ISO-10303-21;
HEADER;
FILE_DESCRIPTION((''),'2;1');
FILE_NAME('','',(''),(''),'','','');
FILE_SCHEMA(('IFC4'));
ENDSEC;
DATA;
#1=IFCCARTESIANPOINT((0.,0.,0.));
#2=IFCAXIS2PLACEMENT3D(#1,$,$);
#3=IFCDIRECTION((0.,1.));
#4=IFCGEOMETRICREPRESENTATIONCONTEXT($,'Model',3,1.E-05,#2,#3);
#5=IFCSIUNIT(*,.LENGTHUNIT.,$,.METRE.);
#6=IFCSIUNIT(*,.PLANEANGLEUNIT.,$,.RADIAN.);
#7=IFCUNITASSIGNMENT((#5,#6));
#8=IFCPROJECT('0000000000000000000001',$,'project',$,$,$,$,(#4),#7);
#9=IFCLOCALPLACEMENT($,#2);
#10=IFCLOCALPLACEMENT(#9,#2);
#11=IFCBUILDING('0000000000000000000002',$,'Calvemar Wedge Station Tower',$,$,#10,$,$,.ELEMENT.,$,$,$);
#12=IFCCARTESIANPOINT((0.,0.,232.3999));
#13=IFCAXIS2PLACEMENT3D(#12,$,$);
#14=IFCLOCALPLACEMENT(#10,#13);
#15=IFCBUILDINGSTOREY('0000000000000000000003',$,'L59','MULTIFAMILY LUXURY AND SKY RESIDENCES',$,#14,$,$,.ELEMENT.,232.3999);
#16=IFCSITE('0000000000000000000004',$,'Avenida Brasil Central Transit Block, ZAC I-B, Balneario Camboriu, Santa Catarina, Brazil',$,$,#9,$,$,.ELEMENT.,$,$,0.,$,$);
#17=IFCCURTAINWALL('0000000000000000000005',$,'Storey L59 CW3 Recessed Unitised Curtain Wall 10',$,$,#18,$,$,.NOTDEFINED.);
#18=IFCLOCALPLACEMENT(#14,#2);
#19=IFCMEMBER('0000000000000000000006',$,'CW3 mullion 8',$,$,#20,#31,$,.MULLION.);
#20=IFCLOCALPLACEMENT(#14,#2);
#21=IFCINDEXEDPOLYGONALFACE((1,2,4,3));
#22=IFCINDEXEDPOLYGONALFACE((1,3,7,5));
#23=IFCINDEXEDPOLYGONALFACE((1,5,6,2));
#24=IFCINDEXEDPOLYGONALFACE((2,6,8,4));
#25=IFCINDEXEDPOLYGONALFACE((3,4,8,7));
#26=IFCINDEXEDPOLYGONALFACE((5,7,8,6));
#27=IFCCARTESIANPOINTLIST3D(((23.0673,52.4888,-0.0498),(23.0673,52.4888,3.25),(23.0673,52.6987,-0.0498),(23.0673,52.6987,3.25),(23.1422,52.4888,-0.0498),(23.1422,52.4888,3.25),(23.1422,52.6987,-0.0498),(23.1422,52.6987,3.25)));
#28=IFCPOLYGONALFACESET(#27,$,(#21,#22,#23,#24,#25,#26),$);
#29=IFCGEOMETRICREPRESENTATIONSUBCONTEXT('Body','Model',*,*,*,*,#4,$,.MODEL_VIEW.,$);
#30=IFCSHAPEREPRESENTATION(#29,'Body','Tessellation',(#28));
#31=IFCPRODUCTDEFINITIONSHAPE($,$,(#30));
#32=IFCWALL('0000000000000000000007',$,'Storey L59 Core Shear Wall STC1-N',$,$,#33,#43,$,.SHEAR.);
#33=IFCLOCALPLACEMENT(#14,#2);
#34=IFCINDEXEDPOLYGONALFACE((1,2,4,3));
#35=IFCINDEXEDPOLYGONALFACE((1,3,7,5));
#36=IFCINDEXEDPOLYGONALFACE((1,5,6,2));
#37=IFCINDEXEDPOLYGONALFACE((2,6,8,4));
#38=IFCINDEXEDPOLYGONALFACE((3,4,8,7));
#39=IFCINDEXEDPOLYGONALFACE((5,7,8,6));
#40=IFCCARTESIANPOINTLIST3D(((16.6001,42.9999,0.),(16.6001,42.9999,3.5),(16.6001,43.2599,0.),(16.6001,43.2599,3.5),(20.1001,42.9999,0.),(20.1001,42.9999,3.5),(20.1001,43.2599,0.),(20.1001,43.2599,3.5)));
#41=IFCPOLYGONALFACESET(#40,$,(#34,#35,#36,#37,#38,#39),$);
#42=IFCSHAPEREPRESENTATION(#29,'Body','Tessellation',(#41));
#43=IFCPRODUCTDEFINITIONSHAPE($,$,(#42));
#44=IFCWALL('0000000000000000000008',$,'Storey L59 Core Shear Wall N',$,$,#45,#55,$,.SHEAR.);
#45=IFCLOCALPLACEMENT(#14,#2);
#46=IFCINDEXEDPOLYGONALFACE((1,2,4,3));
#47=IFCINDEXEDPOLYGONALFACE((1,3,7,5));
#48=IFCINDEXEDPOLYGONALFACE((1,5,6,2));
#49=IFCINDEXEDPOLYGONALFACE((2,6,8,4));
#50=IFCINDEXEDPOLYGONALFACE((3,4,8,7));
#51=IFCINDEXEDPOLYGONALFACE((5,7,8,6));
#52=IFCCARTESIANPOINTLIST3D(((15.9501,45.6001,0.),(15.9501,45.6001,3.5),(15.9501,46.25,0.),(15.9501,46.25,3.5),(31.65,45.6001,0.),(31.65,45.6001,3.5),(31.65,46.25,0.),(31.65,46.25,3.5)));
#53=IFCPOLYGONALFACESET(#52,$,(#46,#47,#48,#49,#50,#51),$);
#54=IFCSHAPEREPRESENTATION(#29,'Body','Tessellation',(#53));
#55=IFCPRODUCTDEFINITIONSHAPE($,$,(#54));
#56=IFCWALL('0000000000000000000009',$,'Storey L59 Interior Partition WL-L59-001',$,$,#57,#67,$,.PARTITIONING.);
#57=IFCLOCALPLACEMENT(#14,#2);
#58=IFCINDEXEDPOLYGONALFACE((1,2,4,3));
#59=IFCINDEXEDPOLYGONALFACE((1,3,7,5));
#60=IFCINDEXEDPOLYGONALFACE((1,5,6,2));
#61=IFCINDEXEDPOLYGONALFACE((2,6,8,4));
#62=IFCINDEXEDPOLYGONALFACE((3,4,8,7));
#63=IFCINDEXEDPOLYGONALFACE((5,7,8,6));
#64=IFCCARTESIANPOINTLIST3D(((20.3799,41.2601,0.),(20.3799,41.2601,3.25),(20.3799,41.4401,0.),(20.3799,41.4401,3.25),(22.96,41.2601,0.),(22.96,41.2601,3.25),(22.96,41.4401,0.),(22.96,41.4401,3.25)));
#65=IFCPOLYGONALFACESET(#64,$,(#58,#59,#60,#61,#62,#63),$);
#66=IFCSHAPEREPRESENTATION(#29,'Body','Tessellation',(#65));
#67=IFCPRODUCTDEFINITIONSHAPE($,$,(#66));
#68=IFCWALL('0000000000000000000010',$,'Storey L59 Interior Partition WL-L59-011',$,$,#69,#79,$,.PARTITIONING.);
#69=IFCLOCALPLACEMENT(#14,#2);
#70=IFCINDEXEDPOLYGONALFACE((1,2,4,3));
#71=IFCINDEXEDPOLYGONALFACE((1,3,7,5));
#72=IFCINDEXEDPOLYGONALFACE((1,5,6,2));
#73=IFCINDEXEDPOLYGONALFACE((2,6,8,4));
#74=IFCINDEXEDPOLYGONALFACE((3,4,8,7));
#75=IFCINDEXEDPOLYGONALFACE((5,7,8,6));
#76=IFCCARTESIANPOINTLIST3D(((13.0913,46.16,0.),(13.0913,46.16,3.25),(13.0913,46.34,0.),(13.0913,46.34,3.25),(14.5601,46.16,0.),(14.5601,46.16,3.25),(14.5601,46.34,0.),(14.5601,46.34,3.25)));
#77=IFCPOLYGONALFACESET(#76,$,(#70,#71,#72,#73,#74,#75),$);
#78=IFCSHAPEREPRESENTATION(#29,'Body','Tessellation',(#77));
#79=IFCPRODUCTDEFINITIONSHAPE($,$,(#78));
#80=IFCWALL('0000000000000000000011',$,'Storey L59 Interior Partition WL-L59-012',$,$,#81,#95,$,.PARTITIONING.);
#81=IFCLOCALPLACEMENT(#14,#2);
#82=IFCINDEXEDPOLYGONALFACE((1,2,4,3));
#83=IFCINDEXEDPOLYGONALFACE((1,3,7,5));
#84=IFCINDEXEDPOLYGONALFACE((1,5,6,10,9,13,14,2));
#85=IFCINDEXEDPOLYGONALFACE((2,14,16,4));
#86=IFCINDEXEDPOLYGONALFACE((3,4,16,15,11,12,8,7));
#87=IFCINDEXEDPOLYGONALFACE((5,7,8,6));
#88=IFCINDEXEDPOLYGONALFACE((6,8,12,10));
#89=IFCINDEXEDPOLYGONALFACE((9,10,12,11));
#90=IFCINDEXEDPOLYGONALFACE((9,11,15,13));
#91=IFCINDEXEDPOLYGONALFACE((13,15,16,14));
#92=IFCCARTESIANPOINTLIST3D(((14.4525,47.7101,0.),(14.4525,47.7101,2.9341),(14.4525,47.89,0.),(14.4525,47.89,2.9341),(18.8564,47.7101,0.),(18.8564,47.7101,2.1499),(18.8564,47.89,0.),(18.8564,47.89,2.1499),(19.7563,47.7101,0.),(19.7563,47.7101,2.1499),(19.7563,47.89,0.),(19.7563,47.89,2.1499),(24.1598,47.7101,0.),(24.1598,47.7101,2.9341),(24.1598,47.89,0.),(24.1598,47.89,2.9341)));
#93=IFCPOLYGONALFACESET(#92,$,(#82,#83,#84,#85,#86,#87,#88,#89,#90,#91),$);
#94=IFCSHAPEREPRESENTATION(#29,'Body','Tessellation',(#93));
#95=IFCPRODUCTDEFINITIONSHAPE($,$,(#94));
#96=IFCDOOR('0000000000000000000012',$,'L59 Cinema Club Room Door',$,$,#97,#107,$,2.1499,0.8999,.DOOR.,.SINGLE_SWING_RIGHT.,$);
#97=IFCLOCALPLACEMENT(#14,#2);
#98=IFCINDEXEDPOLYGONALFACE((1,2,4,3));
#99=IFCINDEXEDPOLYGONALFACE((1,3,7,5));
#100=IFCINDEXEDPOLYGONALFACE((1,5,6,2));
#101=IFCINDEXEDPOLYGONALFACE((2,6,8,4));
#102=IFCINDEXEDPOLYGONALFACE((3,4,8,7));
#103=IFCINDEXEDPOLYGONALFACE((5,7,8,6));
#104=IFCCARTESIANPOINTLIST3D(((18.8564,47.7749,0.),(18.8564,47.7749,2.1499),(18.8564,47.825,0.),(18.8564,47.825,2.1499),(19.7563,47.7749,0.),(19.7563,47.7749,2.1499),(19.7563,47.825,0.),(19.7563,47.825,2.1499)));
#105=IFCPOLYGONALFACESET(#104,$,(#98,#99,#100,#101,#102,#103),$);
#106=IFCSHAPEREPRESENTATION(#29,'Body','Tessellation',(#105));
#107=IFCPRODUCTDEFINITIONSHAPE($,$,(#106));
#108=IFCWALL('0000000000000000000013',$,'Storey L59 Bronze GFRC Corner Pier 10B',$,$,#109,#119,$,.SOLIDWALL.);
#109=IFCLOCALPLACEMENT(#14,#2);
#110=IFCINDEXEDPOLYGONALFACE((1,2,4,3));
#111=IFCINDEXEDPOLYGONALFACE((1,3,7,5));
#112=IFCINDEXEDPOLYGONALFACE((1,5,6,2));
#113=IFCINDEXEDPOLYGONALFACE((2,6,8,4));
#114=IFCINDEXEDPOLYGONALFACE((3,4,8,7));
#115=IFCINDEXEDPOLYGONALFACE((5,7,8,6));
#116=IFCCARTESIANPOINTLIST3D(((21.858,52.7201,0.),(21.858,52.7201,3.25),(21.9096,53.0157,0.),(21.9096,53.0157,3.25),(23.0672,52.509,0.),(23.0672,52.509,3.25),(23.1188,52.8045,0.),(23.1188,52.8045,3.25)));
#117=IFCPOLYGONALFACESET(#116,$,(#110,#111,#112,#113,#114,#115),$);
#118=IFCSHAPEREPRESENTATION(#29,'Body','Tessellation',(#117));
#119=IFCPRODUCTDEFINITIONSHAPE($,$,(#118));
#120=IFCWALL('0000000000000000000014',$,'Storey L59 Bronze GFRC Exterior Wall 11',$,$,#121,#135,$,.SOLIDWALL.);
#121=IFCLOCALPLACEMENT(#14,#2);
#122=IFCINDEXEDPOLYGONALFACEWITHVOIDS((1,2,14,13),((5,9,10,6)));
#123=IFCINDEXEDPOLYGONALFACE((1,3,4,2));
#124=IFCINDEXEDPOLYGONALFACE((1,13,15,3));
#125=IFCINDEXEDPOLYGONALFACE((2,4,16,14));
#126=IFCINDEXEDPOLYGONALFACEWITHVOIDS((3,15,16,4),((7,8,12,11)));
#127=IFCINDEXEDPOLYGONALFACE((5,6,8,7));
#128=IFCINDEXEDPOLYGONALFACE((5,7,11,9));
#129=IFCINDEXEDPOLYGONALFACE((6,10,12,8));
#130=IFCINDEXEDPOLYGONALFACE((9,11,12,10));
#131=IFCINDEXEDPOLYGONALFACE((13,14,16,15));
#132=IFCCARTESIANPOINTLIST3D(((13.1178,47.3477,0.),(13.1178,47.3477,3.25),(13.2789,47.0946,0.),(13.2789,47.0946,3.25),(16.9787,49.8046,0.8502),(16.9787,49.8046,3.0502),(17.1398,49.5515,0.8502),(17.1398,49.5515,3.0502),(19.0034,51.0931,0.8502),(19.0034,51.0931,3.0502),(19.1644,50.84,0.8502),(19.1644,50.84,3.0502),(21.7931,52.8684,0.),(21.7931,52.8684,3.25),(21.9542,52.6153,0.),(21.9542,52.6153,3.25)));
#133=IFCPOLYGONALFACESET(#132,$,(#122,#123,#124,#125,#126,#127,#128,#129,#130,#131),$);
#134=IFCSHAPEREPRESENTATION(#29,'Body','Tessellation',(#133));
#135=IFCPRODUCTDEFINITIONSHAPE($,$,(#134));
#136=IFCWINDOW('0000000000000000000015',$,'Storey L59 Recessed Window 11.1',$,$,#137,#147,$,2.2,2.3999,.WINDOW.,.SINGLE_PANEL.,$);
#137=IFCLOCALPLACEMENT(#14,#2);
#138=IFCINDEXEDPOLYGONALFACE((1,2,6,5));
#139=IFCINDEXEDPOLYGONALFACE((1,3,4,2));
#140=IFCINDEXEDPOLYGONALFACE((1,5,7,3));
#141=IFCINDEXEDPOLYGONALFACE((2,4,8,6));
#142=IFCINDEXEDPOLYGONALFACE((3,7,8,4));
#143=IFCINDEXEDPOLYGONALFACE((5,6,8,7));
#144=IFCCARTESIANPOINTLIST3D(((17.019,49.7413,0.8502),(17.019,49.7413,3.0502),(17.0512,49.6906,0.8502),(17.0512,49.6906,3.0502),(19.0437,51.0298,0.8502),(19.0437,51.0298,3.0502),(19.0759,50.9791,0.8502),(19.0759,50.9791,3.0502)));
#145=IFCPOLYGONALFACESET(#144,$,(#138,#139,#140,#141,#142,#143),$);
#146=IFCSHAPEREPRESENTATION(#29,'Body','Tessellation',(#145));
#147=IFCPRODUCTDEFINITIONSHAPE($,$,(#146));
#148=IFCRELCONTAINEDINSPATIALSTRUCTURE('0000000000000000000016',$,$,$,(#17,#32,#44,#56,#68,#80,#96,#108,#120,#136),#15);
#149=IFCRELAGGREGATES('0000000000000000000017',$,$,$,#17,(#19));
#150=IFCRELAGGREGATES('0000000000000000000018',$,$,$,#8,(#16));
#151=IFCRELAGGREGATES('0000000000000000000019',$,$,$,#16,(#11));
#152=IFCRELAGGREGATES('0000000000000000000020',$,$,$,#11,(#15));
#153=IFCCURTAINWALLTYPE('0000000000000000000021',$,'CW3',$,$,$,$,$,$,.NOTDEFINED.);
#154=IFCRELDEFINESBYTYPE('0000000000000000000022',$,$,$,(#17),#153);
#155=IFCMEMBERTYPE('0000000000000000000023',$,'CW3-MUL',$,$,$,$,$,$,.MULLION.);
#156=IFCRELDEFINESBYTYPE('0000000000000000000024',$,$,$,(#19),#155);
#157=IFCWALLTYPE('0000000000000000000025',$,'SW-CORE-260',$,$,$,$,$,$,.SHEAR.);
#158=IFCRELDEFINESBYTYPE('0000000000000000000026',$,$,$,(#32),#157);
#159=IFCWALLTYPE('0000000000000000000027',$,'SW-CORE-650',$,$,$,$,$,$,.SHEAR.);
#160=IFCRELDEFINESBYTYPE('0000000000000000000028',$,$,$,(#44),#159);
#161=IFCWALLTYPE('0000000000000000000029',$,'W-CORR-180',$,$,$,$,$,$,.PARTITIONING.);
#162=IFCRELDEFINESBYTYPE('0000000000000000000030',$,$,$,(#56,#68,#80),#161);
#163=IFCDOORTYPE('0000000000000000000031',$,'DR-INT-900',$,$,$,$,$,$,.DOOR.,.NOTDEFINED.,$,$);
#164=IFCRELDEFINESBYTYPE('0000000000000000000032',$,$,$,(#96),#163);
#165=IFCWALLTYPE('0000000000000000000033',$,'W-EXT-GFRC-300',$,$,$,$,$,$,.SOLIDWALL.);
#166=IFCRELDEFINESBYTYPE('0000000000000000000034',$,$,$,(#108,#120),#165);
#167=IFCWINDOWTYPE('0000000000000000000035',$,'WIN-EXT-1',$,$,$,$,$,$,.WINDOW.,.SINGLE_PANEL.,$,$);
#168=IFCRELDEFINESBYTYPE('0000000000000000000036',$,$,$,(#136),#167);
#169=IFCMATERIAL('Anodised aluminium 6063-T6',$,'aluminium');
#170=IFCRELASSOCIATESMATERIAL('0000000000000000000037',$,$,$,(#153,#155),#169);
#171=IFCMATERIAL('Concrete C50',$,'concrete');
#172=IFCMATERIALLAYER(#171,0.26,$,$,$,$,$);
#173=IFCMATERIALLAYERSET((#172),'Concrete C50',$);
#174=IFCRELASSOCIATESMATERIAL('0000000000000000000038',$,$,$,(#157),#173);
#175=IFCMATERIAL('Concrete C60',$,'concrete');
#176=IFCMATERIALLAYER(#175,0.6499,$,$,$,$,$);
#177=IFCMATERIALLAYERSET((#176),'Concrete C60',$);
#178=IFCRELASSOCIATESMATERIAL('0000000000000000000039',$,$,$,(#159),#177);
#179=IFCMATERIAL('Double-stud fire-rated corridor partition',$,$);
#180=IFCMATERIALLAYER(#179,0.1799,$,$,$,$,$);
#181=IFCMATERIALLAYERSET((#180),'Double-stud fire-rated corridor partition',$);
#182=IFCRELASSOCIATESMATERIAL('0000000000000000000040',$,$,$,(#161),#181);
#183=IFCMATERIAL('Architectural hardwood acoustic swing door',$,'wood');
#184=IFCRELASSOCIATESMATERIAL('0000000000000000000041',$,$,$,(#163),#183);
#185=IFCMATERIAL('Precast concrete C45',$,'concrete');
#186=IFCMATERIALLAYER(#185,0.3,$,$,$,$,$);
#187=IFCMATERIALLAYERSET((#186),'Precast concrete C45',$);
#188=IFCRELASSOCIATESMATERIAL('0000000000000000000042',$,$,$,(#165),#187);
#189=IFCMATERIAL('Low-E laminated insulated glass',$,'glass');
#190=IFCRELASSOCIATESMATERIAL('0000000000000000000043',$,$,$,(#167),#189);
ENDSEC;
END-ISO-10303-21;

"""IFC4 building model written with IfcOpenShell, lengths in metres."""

from ifc_helpers import new_model, si_unit, direction, frame, frame_2d, origin, origin_2d, place, context, subcontext, project, spatial, rectangle, extrude, source, transform, mapped, material, layer, layer_set, material_profile, profile_set, type_object, element, fill, aggregate, save


model = new_model("IFC4")

# Units and contexts
model_context = context("Model", 3, precision=1e-05, world=origin(), true_north=direction((0.0, 1.0)))
body_context = subcontext(model_context, "Body", "Model", "MODEL_VIEW")
ifc_project = project(units=[si_unit("LENGTHUNIT", "METRE"), si_unit("PLANEANGLEUNIT", "RADIAN")], contexts=[model_context])

# Site, building, storey
site_placement = place(None, origin())
site = spatial("IfcSite", under=ifc_project, at=site_placement, Name="Avenida Brasil Central Transit Block, ZAC I-B, Balneario Camboriu, Santa Catarina, Brazil", CompositionType="ELEMENT", RefElevation=0.0)
building_placement = place(site_placement, origin())
building = spatial("IfcBuilding", under=site, at=building_placement, Name="Calvemar Wedge Station Tower", CompositionType="ELEMENT")
storey_placement = place(building_placement, frame((0.0, 0.0, 232.3999)))
storey = spatial("IfcBuildingStorey", under=building, at=storey_placement, Name="L59", Description="MULTIFAMILY LUXURY AND SKY RESIDENCES", CompositionType="ELEMENT", Elevation=232.3999)

# Curtain wall, member
ifc_material_1 = material(Name="Anodised aluminium 6063-T6", Category="aluminium")
curtain_wall_type = type_object("IfcCurtainWallType", Name="CW3", PredefinedType="NOTDEFINED", material=ifc_material_1)
curtain_wall_placement = place(storey_placement, origin())
curtain_wall = element("IfcCurtainWall", 1, at=curtain_wall_placement, inside=storey, type_object=curtain_wall_type, Name="Storey L59 CW3 Recessed Unitised Curtain Wall 10", PredefinedType="NOTDEFINED")
ifc_material_profile = material_profile(ifc_material_1, rectangle(XDim=0.075, YDim=0.21, at=origin_2d()), Name="AL-MUL-75x210")
ifc_profile_set = profile_set([ifc_material_profile], Name="Anodised aluminium 6063-T6")
member_type = type_object("IfcMemberType", Name="CW3-MUL", PredefinedType="MULLION", material=ifc_profile_set)
shared_shape_1 = source(origin(), body_context, "Body", "SweptSolid", [
    extrude(rectangle(XDim=0.075, YDim=0.21, at=origin_2d()), origin(), (0.0, 0.0, 1.0), 3.2998),
])
member_placement = place(storey_placement, frame((23.1047, 52.5938, -0.0498), z_axis=(0.0, 0.0, 1.0), x_axis=(1.0, 0.0, 0.0)))
member = element("IfcMember", 2, at=member_placement, type_object=member_type, Name="CW3 mullion 8", PredefinedType="MULLION", context=body_context, shape_type="MappedRepresentation", body=[
    mapped(shared_shape_1, transform((0.0, 0.0, 0.0), scale=1.0)),
])
aggregate(curtain_wall, [member])

# Walls
ifc_material_2 = material(Name="Concrete C50", Category="concrete")
ifc_layer_1 = layer(ifc_material_2, 0.26)
ifc_layer_set_1 = layer_set([ifc_layer_1], Name="Concrete C50")
wall_type_1 = type_object("IfcWallType", Name="SW-CORE-260", PredefinedType="SHEAR", material=ifc_layer_set_1)
wall_1_placement = place(storey_placement, frame((16.6001, 43.1299, 0.0), z_axis=(0.0, 0.0, 1.0), x_axis=(1.0, 0.0, 0.0)))
element("IfcWall", 3, at=wall_1_placement, inside=storey, type_object=wall_type_1, Name="Storey L59 Core Shear Wall STC1-N", PredefinedType="SHEAR", context=body_context, shape_type="SweptSolid", body=[
    extrude(rectangle(XDim=3.5, YDim=0.26, at=frame_2d((1.75, 0.0))), origin(), (0.0, 0.0, 1.0), 3.5),
])
ifc_material_3 = material(Name="Concrete C60", Category="concrete")
ifc_layer_2 = layer(ifc_material_3, 0.6499)
ifc_layer_set_2 = layer_set([ifc_layer_2], Name="Concrete C60")
wall_type_2 = type_object("IfcWallType", Name="SW-CORE-650", PredefinedType="SHEAR", material=ifc_layer_set_2)
wall_2_placement = place(storey_placement, frame((15.95, 45.925, 0.0), z_axis=(0.0, 0.0, 1.0), x_axis=(1.0, 0.0, 0.0)))
element("IfcWall", 4, at=wall_2_placement, inside=storey, type_object=wall_type_2, Name="Storey L59 Core Shear Wall N", PredefinedType="SHEAR", context=body_context, shape_type="SweptSolid", body=[
    extrude(rectangle(XDim=15.7, YDim=0.6499, at=frame_2d((7.8501, 0.0))), origin(), (0.0, 0.0, 1.0), 3.5),
])
ifc_material_4 = material(Name="Double-stud fire-rated corridor partition")
ifc_layer_3 = layer(ifc_material_4, 0.1799)
ifc_layer_set_3 = layer_set([ifc_layer_3], Name="Double-stud fire-rated corridor partition")
wall_type_3 = type_object("IfcWallType", Name="W-CORR-180", PredefinedType="PARTITIONING", material=ifc_layer_set_3)
wall_3_placement = place(storey_placement, frame((22.96, 41.3501, 0.0), z_axis=(0.0, 0.0, 1.0), x_axis=(-1.0, 0.0, 0.0)))
element("IfcWall", 5, at=wall_3_placement, inside=storey, type_object=wall_type_3, Name="Storey L59 Interior Partition WL-L59-001", PredefinedType="PARTITIONING", context=body_context, shape_type="SweptSolid", body=[
    extrude(rectangle(XDim=2.5801, YDim=0.1799, at=frame_2d((1.29, 0.0))), origin(), (0.0, 0.0, 1.0), 3.25),
])
wall_4_placement = place(storey_placement, frame((14.5601, 46.25, 0.0), z_axis=(0.0, 0.0, 1.0), x_axis=(-1.0, 0.0, 0.0)))
element("IfcWall", 6, at=wall_4_placement, inside=storey, type_object=wall_type_3, Name="Storey L59 Interior Partition WL-L59-011", PredefinedType="PARTITIONING", context=body_context, shape_type="SweptSolid", body=[
    extrude(rectangle(XDim=1.4688, YDim=0.1799, at=frame_2d((0.7344, 0.0))), origin(), (0.0, 0.0, 1.0), 3.25),
])

# Wall, opening, door
wall_5_placement = place(storey_placement, frame((14.4526, 47.8, 0.0), z_axis=(0.0, 0.0, 1.0), x_axis=(1.0, 0.0, 0.0)))
wall_5 = element("IfcWall", 7, at=wall_5_placement, inside=storey, type_object=wall_type_3, Name="Storey L59 Interior Partition WL-L59-012", PredefinedType="PARTITIONING", context=body_context, shape_type="SweptSolid", body=[
    extrude(rectangle(XDim=9.7073, YDim=0.1799, at=frame_2d((4.8535, 0.0))), origin(), (0.0, 0.0, 1.0), 2.9341),
])
shared_shape_2 = source(origin(), body_context, "Body", "SweptSolid", [
    extrude(rectangle(XDim=0.8999, YDim=2.1499, at=frame_2d((0.45, 1.075))), frame((0.0, 0.1001, 0.0), z_axis=(0.0, -1.0, 0.0), x_axis=(1.0, 0.0, 0.0)), (0.0, 0.0, 1.0), 0.2),
])
opening_1_placement = place(wall_5_placement, frame((4.4038, 0.0, 0.0)))
opening_1 = element("IfcOpeningElement", 8, at=opening_1_placement, cuts=wall_5, PredefinedType="OPENING", context=body_context, shape_type="MappedRepresentation", body=[
    mapped(shared_shape_2, transform((0.0, 0.0, 0.0), scale=1.0)),
])
ifc_material_5 = material(Name="Architectural hardwood acoustic swing door", Category="wood")
door_type_1 = type_object("IfcDoorType", Name="DR-INT-900", OperationType="NOTDEFINED", PredefinedType="DOOR", material=ifc_material_5)
shared_shape_3 = source(origin(), body_context, "Body", "SweptSolid", [
    extrude(rectangle(XDim=0.8999, YDim=2.1499, at=frame_2d((0.45, 1.075))), frame((0.0, 0.0249, 0.0), z_axis=(0.0, -1.0, 0.0), x_axis=(1.0, 0.0, 0.0)), (0.0, 0.0, 1.0), 0.05),
])
door_1_placement = place(opening_1_placement, origin())
door_1 = element("IfcDoor", 9, at=door_1_placement, inside=storey, type_object=door_type_1, Name="L59 Cinema Club Room Door", OperationType="SINGLE_SWING_RIGHT", OverallHeight=2.1499, OverallWidth=0.8999, PredefinedType="DOOR", context=body_context, shape_type="MappedRepresentation", body=[
    mapped(shared_shape_3, transform((0.0, 0.0, 0.0), scale=1.0)),
])
fill(opening_1, door_1)

# Wall
ifc_material_6 = material(Name="Precast concrete C45", Category="concrete")
ifc_layer_4 = layer(ifc_material_6, 0.3)
ifc_layer_set_4 = layer_set([ifc_layer_4], Name="Precast concrete C45")
wall_type_4 = type_object("IfcWallType", Name="W-EXT-GFRC-300", PredefinedType="SOLIDWALL", material=ifc_layer_set_4)
wall_6_placement = place(storey_placement, frame((23.093, 52.6567, 0.0), z_axis=(0.0, 0.0, 1.0), x_axis=(-0.98509, 0.172038, 0.0)))
element("IfcWall", 10, at=wall_6_placement, inside=storey, type_object=wall_type_4, Name="Storey L59 Bronze GFRC Corner Pier 10B", PredefinedType="SOLIDWALL", context=body_context, shape_type="SweptSolid", body=[
    extrude(rectangle(XDim=1.2275, YDim=0.3, at=frame_2d((0.6138, 0.0))), origin(), (0.0, 0.0, 1.0), 3.25),
])

# Wall, opening, window
wall_7_placement = place(storey_placement, frame((21.8738, 52.7419, 0.0), z_axis=(0.0, 0.0, 1.0), x_axis=(-0.843657, -0.536883, 0.0)))
wall_7 = element("IfcWall", 11, at=wall_7_placement, inside=storey, type_object=wall_type_4, Name="Storey L59 Bronze GFRC Exterior Wall 11", PredefinedType="SOLIDWALL", context=body_context, shape_type="SweptSolid", body=[
    extrude(rectangle(XDim=10.283, YDim=0.3, at=frame_2d((5.1416, 0.0))), origin(), (0.0, 0.0, 1.0), 3.25),
])
shared_shape_4 = source(origin(), body_context, "Body", "SweptSolid", [
    extrude(rectangle(XDim=2.3999, YDim=2.2, at=frame_2d((1.2, 1.1001))), frame((0.0, 0.1602, 0.0), z_axis=(0.0, -1.0, 0.0), x_axis=(1.0, 0.0, 0.0)), (0.0, 0.0, 1.0), 0.3201),
])
opening_2_placement = place(wall_7_placement, frame((3.3069, 0.0, 0.8501)))
opening_2 = element("IfcOpeningElement", 12, at=opening_2_placement, cuts=wall_7, PredefinedType="OPENING", context=body_context, shape_type="MappedRepresentation", body=[
    mapped(shared_shape_4, transform((0.0, 0.0, 0.0), scale=1.0)),
])
ifc_material_7 = material(Name="Low-E laminated insulated glass", Category="glass")
window_type_1 = type_object("IfcWindowType", Name="WIN-EXT-1", PartitioningType="SINGLE_PANEL", PredefinedType="WINDOW", material=ifc_material_7)
shared_shape_5 = source(origin(), body_context, "Body", "SweptSolid", [
    extrude(rectangle(XDim=2.3999, YDim=2.2, at=frame_2d((1.2, 1.1001))), frame((0.0, -0.0149, 0.0), z_axis=(0.0, -1.0, 0.0), x_axis=(1.0, 0.0, 0.0)), (0.0, 0.0, 1.0), 0.0601),
])
window_1_placement = place(opening_2_placement, origin())
window_1 = element("IfcWindow", 13, at=window_1_placement, inside=storey, type_object=window_type_1, Name="Storey L59 Recessed Window 11.1", OverallHeight=2.2, OverallWidth=2.3999, PartitioningType="SINGLE_PANEL", PredefinedType="WINDOW", context=body_context, shape_type="MappedRepresentation", body=[
    mapped(shared_shape_5, transform((0.0, 0.0, 0.0), scale=1.0)),
])
fill(opening_2, window_1)

save(model, "model.ifc")
